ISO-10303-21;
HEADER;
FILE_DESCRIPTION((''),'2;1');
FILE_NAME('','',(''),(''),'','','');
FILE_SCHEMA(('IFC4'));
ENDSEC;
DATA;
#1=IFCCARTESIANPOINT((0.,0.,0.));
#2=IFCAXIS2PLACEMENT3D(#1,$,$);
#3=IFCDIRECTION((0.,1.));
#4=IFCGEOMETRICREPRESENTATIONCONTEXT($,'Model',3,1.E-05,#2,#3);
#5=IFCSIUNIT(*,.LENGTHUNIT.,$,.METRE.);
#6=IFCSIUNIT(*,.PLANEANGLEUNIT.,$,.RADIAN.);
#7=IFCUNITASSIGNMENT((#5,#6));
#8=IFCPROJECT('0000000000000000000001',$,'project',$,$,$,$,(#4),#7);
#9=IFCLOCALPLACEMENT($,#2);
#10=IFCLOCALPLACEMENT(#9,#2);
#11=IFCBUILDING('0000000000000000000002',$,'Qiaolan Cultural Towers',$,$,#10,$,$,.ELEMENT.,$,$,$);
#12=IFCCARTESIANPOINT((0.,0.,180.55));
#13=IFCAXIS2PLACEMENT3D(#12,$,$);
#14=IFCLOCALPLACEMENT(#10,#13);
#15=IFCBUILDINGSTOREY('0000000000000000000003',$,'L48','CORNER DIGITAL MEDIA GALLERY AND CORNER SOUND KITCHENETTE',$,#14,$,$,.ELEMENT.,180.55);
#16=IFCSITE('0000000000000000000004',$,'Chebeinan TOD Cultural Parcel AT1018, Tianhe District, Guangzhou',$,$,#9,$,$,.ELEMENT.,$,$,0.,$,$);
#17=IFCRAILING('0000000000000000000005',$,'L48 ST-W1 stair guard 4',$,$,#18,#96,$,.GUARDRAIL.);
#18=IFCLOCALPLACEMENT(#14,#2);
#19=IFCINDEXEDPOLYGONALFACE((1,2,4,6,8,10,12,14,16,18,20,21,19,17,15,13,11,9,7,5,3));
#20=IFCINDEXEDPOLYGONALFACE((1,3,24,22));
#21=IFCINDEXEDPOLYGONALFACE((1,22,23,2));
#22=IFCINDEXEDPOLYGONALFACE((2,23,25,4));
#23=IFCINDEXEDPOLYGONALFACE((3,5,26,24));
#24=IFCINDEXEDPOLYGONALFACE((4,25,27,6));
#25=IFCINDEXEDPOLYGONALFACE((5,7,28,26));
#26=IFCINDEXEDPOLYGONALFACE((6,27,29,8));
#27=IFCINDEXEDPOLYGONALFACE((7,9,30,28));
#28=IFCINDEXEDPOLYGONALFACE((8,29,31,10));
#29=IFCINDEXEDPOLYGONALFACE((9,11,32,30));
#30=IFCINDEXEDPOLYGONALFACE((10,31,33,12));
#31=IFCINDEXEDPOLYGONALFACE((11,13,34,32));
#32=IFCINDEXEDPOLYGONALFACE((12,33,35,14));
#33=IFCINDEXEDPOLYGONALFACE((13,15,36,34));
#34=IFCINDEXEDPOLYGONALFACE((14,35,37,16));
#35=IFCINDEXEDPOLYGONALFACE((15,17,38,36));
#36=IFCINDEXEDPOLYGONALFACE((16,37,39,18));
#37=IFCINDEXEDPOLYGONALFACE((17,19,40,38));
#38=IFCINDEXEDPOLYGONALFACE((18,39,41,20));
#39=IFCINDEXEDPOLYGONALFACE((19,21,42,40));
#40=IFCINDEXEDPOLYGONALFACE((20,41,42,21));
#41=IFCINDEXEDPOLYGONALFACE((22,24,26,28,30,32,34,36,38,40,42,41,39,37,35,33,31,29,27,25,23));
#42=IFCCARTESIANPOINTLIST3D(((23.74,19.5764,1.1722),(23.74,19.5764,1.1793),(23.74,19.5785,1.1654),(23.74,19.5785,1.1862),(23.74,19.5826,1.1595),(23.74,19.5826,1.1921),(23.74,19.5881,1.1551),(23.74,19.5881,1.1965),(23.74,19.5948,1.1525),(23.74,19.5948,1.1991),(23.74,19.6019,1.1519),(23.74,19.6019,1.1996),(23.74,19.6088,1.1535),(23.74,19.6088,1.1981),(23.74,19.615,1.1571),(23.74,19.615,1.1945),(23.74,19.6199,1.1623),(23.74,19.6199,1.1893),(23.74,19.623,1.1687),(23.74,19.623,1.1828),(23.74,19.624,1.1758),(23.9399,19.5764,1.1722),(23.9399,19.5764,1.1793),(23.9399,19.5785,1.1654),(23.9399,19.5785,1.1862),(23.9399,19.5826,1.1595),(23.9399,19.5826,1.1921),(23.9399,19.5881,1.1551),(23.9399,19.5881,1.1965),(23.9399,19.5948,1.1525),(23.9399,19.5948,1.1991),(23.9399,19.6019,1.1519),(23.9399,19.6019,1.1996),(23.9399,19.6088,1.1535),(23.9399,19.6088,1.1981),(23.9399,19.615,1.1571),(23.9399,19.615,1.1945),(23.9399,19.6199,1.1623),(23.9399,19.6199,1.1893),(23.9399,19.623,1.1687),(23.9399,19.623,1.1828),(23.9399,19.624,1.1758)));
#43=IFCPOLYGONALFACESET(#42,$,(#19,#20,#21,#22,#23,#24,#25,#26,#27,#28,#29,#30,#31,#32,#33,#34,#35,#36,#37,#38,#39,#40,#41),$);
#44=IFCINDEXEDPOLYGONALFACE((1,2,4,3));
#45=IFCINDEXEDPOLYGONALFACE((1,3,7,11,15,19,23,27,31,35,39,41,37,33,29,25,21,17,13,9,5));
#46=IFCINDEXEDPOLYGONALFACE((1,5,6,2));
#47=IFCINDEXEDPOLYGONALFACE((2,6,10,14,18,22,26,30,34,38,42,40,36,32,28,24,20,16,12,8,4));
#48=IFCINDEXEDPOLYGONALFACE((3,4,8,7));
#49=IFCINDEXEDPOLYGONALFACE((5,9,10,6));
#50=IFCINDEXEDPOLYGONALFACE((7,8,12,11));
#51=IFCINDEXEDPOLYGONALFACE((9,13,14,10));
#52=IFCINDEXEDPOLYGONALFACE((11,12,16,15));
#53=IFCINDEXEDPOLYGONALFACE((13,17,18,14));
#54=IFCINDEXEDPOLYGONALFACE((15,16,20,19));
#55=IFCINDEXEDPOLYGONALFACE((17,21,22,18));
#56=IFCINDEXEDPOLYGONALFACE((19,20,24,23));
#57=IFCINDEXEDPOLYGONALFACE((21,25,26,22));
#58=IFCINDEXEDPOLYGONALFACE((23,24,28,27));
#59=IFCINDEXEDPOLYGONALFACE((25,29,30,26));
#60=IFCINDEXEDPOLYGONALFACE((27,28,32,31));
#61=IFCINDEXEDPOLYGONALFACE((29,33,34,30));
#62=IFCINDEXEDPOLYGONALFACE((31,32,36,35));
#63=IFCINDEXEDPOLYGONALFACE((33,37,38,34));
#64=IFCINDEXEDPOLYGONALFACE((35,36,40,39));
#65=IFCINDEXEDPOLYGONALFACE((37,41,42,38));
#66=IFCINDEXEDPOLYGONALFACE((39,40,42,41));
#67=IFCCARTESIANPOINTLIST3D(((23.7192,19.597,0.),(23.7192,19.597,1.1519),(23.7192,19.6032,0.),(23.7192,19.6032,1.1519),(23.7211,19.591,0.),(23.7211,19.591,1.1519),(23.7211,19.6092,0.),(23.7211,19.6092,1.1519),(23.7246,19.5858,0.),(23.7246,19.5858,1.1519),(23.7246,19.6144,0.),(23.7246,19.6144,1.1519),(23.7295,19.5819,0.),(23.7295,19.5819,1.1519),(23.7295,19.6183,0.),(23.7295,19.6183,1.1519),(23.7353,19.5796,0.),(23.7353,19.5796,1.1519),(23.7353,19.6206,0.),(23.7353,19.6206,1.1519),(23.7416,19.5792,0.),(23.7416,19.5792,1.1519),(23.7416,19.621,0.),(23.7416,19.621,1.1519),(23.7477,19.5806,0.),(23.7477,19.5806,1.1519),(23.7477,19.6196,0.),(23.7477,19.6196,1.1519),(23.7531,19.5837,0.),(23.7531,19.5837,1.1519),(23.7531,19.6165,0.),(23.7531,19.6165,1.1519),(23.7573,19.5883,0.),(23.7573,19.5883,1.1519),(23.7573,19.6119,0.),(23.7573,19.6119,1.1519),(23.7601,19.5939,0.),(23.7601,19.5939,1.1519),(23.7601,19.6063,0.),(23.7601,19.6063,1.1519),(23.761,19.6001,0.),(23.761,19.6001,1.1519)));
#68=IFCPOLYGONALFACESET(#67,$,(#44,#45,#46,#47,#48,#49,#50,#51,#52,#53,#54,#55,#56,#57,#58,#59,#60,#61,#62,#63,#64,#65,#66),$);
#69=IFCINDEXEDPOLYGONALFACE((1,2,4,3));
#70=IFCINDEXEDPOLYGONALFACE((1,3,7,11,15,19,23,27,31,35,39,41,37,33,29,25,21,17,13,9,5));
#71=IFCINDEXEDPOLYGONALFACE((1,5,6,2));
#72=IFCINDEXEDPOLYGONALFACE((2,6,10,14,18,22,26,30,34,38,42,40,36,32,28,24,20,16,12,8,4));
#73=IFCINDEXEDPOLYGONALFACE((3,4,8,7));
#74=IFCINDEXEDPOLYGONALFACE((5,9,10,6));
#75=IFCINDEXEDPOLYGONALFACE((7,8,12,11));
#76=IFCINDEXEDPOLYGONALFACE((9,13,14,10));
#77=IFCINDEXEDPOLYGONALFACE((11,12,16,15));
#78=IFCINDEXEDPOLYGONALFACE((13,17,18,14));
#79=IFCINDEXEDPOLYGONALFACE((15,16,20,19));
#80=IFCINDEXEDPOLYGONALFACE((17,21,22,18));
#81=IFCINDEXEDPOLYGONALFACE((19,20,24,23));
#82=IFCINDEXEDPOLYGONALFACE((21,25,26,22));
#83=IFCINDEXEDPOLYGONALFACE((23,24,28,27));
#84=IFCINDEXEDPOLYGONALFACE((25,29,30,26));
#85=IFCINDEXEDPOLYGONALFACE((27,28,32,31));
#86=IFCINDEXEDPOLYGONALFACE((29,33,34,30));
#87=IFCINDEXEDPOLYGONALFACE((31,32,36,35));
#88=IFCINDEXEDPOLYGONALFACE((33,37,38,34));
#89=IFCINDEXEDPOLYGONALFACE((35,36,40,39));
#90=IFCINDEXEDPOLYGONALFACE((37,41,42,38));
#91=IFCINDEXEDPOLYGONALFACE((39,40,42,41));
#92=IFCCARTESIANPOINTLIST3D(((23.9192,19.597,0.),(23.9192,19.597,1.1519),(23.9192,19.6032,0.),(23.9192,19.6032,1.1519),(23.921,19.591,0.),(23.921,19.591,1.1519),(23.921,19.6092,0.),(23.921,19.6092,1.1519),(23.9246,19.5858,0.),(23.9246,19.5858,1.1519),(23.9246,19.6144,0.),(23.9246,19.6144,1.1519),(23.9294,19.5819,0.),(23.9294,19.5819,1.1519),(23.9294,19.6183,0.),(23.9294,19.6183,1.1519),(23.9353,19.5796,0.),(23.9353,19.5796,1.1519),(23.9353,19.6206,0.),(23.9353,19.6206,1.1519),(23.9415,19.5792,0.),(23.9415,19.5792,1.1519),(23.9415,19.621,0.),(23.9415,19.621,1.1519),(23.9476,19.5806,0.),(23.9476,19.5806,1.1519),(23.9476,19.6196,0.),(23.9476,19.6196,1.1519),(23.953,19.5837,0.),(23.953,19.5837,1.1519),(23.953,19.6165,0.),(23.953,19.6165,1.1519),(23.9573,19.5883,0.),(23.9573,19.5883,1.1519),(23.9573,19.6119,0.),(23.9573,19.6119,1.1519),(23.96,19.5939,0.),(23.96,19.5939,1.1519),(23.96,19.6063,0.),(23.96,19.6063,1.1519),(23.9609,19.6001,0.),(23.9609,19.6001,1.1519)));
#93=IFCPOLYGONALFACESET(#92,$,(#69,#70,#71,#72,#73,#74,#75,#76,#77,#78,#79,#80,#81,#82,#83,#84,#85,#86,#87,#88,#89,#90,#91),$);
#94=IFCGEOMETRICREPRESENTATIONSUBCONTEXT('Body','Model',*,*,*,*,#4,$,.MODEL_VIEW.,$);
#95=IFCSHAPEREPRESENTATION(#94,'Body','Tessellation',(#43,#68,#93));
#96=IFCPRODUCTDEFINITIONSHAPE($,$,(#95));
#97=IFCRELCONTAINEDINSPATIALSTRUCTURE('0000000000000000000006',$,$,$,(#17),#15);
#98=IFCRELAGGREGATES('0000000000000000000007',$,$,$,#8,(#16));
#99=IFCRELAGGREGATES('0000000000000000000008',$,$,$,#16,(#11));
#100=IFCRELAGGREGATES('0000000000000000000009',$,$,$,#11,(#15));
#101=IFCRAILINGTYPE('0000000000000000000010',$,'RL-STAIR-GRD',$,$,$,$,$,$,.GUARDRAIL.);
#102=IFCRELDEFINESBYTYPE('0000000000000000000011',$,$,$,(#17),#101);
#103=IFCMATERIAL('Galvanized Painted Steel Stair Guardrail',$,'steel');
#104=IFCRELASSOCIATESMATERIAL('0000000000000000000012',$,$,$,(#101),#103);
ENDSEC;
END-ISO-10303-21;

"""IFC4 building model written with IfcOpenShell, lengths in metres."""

from ifc_helpers import new_model, si_unit, direction, frame, origin, origin_2d, place, context, subcontext, project, spatial, circle, extrude, material, type_object, element, save


model = new_model("IFC4")

# Units and contexts
model_context = context("Model", 3, precision=1e-05, world=origin(), true_north=direction((0.0, 1.0)))
body_context = subcontext(model_context, "Body", "Model", "MODEL_VIEW")
ifc_project = project(units=[si_unit("LENGTHUNIT", "METRE"), si_unit("PLANEANGLEUNIT", "RADIAN")], contexts=[model_context])

# Site, building, storey
site_placement = place(None, origin())
site = spatial("IfcSite", under=ifc_project, at=site_placement, Name="Chebeinan TOD Cultural Parcel AT1018, Tianhe District, Guangzhou", CompositionType="ELEMENT", RefElevation=0.0)
building_placement = place(site_placement, origin())
building = spatial("IfcBuilding", under=site, at=building_placement, Name="Qiaolan Cultural Towers", CompositionType="ELEMENT")
storey_placement = place(building_placement, frame((0.0, 0.0, 180.55)))
storey = spatial("IfcBuildingStorey", under=building, at=storey_placement, Name="L48", Description="CORNER DIGITAL MEDIA GALLERY AND CORNER SOUND KITCHENETTE", CompositionType="ELEMENT", Elevation=180.55)

# Railing
ifc_material_1 = material(Name="Galvanized Painted Steel Stair Guardrail", Category="steel")
railing_type_1 = type_object("IfcRailingType", Name="RL-STAIR-GRD", PredefinedType="GUARDRAIL", material=ifc_material_1)
railing_1_placement = place(storey_placement, frame((23.74, 19.6001, 0.0)))
element("IfcRailing", 1, at=railing_1_placement, inside=storey, type_object=railing_type_1, Name="L48 ST-W1 stair guard 4", PredefinedType="GUARDRAIL", context=body_context, shape_type="SweptSolid", body=[
    extrude(circle(Radius=0.0239, at=origin_2d()), frame((0.0, 0.0, 1.1758), z_axis=(1.0, 0.0, 0.0), x_axis=(0.0, 1.0, 0.0)), (0.0, 0.0, 1.0), 0.2),
    extrude(circle(Radius=0.021, at=origin_2d()), origin(), (0.0, 0.0, 1.0), 1.1519),
    extrude(circle(Radius=0.021, at=origin_2d()), frame((0.2, 0.0, 0.0)), (0.0, 0.0, 1.0), 1.1519),
])

save(model, "model.ifc")
